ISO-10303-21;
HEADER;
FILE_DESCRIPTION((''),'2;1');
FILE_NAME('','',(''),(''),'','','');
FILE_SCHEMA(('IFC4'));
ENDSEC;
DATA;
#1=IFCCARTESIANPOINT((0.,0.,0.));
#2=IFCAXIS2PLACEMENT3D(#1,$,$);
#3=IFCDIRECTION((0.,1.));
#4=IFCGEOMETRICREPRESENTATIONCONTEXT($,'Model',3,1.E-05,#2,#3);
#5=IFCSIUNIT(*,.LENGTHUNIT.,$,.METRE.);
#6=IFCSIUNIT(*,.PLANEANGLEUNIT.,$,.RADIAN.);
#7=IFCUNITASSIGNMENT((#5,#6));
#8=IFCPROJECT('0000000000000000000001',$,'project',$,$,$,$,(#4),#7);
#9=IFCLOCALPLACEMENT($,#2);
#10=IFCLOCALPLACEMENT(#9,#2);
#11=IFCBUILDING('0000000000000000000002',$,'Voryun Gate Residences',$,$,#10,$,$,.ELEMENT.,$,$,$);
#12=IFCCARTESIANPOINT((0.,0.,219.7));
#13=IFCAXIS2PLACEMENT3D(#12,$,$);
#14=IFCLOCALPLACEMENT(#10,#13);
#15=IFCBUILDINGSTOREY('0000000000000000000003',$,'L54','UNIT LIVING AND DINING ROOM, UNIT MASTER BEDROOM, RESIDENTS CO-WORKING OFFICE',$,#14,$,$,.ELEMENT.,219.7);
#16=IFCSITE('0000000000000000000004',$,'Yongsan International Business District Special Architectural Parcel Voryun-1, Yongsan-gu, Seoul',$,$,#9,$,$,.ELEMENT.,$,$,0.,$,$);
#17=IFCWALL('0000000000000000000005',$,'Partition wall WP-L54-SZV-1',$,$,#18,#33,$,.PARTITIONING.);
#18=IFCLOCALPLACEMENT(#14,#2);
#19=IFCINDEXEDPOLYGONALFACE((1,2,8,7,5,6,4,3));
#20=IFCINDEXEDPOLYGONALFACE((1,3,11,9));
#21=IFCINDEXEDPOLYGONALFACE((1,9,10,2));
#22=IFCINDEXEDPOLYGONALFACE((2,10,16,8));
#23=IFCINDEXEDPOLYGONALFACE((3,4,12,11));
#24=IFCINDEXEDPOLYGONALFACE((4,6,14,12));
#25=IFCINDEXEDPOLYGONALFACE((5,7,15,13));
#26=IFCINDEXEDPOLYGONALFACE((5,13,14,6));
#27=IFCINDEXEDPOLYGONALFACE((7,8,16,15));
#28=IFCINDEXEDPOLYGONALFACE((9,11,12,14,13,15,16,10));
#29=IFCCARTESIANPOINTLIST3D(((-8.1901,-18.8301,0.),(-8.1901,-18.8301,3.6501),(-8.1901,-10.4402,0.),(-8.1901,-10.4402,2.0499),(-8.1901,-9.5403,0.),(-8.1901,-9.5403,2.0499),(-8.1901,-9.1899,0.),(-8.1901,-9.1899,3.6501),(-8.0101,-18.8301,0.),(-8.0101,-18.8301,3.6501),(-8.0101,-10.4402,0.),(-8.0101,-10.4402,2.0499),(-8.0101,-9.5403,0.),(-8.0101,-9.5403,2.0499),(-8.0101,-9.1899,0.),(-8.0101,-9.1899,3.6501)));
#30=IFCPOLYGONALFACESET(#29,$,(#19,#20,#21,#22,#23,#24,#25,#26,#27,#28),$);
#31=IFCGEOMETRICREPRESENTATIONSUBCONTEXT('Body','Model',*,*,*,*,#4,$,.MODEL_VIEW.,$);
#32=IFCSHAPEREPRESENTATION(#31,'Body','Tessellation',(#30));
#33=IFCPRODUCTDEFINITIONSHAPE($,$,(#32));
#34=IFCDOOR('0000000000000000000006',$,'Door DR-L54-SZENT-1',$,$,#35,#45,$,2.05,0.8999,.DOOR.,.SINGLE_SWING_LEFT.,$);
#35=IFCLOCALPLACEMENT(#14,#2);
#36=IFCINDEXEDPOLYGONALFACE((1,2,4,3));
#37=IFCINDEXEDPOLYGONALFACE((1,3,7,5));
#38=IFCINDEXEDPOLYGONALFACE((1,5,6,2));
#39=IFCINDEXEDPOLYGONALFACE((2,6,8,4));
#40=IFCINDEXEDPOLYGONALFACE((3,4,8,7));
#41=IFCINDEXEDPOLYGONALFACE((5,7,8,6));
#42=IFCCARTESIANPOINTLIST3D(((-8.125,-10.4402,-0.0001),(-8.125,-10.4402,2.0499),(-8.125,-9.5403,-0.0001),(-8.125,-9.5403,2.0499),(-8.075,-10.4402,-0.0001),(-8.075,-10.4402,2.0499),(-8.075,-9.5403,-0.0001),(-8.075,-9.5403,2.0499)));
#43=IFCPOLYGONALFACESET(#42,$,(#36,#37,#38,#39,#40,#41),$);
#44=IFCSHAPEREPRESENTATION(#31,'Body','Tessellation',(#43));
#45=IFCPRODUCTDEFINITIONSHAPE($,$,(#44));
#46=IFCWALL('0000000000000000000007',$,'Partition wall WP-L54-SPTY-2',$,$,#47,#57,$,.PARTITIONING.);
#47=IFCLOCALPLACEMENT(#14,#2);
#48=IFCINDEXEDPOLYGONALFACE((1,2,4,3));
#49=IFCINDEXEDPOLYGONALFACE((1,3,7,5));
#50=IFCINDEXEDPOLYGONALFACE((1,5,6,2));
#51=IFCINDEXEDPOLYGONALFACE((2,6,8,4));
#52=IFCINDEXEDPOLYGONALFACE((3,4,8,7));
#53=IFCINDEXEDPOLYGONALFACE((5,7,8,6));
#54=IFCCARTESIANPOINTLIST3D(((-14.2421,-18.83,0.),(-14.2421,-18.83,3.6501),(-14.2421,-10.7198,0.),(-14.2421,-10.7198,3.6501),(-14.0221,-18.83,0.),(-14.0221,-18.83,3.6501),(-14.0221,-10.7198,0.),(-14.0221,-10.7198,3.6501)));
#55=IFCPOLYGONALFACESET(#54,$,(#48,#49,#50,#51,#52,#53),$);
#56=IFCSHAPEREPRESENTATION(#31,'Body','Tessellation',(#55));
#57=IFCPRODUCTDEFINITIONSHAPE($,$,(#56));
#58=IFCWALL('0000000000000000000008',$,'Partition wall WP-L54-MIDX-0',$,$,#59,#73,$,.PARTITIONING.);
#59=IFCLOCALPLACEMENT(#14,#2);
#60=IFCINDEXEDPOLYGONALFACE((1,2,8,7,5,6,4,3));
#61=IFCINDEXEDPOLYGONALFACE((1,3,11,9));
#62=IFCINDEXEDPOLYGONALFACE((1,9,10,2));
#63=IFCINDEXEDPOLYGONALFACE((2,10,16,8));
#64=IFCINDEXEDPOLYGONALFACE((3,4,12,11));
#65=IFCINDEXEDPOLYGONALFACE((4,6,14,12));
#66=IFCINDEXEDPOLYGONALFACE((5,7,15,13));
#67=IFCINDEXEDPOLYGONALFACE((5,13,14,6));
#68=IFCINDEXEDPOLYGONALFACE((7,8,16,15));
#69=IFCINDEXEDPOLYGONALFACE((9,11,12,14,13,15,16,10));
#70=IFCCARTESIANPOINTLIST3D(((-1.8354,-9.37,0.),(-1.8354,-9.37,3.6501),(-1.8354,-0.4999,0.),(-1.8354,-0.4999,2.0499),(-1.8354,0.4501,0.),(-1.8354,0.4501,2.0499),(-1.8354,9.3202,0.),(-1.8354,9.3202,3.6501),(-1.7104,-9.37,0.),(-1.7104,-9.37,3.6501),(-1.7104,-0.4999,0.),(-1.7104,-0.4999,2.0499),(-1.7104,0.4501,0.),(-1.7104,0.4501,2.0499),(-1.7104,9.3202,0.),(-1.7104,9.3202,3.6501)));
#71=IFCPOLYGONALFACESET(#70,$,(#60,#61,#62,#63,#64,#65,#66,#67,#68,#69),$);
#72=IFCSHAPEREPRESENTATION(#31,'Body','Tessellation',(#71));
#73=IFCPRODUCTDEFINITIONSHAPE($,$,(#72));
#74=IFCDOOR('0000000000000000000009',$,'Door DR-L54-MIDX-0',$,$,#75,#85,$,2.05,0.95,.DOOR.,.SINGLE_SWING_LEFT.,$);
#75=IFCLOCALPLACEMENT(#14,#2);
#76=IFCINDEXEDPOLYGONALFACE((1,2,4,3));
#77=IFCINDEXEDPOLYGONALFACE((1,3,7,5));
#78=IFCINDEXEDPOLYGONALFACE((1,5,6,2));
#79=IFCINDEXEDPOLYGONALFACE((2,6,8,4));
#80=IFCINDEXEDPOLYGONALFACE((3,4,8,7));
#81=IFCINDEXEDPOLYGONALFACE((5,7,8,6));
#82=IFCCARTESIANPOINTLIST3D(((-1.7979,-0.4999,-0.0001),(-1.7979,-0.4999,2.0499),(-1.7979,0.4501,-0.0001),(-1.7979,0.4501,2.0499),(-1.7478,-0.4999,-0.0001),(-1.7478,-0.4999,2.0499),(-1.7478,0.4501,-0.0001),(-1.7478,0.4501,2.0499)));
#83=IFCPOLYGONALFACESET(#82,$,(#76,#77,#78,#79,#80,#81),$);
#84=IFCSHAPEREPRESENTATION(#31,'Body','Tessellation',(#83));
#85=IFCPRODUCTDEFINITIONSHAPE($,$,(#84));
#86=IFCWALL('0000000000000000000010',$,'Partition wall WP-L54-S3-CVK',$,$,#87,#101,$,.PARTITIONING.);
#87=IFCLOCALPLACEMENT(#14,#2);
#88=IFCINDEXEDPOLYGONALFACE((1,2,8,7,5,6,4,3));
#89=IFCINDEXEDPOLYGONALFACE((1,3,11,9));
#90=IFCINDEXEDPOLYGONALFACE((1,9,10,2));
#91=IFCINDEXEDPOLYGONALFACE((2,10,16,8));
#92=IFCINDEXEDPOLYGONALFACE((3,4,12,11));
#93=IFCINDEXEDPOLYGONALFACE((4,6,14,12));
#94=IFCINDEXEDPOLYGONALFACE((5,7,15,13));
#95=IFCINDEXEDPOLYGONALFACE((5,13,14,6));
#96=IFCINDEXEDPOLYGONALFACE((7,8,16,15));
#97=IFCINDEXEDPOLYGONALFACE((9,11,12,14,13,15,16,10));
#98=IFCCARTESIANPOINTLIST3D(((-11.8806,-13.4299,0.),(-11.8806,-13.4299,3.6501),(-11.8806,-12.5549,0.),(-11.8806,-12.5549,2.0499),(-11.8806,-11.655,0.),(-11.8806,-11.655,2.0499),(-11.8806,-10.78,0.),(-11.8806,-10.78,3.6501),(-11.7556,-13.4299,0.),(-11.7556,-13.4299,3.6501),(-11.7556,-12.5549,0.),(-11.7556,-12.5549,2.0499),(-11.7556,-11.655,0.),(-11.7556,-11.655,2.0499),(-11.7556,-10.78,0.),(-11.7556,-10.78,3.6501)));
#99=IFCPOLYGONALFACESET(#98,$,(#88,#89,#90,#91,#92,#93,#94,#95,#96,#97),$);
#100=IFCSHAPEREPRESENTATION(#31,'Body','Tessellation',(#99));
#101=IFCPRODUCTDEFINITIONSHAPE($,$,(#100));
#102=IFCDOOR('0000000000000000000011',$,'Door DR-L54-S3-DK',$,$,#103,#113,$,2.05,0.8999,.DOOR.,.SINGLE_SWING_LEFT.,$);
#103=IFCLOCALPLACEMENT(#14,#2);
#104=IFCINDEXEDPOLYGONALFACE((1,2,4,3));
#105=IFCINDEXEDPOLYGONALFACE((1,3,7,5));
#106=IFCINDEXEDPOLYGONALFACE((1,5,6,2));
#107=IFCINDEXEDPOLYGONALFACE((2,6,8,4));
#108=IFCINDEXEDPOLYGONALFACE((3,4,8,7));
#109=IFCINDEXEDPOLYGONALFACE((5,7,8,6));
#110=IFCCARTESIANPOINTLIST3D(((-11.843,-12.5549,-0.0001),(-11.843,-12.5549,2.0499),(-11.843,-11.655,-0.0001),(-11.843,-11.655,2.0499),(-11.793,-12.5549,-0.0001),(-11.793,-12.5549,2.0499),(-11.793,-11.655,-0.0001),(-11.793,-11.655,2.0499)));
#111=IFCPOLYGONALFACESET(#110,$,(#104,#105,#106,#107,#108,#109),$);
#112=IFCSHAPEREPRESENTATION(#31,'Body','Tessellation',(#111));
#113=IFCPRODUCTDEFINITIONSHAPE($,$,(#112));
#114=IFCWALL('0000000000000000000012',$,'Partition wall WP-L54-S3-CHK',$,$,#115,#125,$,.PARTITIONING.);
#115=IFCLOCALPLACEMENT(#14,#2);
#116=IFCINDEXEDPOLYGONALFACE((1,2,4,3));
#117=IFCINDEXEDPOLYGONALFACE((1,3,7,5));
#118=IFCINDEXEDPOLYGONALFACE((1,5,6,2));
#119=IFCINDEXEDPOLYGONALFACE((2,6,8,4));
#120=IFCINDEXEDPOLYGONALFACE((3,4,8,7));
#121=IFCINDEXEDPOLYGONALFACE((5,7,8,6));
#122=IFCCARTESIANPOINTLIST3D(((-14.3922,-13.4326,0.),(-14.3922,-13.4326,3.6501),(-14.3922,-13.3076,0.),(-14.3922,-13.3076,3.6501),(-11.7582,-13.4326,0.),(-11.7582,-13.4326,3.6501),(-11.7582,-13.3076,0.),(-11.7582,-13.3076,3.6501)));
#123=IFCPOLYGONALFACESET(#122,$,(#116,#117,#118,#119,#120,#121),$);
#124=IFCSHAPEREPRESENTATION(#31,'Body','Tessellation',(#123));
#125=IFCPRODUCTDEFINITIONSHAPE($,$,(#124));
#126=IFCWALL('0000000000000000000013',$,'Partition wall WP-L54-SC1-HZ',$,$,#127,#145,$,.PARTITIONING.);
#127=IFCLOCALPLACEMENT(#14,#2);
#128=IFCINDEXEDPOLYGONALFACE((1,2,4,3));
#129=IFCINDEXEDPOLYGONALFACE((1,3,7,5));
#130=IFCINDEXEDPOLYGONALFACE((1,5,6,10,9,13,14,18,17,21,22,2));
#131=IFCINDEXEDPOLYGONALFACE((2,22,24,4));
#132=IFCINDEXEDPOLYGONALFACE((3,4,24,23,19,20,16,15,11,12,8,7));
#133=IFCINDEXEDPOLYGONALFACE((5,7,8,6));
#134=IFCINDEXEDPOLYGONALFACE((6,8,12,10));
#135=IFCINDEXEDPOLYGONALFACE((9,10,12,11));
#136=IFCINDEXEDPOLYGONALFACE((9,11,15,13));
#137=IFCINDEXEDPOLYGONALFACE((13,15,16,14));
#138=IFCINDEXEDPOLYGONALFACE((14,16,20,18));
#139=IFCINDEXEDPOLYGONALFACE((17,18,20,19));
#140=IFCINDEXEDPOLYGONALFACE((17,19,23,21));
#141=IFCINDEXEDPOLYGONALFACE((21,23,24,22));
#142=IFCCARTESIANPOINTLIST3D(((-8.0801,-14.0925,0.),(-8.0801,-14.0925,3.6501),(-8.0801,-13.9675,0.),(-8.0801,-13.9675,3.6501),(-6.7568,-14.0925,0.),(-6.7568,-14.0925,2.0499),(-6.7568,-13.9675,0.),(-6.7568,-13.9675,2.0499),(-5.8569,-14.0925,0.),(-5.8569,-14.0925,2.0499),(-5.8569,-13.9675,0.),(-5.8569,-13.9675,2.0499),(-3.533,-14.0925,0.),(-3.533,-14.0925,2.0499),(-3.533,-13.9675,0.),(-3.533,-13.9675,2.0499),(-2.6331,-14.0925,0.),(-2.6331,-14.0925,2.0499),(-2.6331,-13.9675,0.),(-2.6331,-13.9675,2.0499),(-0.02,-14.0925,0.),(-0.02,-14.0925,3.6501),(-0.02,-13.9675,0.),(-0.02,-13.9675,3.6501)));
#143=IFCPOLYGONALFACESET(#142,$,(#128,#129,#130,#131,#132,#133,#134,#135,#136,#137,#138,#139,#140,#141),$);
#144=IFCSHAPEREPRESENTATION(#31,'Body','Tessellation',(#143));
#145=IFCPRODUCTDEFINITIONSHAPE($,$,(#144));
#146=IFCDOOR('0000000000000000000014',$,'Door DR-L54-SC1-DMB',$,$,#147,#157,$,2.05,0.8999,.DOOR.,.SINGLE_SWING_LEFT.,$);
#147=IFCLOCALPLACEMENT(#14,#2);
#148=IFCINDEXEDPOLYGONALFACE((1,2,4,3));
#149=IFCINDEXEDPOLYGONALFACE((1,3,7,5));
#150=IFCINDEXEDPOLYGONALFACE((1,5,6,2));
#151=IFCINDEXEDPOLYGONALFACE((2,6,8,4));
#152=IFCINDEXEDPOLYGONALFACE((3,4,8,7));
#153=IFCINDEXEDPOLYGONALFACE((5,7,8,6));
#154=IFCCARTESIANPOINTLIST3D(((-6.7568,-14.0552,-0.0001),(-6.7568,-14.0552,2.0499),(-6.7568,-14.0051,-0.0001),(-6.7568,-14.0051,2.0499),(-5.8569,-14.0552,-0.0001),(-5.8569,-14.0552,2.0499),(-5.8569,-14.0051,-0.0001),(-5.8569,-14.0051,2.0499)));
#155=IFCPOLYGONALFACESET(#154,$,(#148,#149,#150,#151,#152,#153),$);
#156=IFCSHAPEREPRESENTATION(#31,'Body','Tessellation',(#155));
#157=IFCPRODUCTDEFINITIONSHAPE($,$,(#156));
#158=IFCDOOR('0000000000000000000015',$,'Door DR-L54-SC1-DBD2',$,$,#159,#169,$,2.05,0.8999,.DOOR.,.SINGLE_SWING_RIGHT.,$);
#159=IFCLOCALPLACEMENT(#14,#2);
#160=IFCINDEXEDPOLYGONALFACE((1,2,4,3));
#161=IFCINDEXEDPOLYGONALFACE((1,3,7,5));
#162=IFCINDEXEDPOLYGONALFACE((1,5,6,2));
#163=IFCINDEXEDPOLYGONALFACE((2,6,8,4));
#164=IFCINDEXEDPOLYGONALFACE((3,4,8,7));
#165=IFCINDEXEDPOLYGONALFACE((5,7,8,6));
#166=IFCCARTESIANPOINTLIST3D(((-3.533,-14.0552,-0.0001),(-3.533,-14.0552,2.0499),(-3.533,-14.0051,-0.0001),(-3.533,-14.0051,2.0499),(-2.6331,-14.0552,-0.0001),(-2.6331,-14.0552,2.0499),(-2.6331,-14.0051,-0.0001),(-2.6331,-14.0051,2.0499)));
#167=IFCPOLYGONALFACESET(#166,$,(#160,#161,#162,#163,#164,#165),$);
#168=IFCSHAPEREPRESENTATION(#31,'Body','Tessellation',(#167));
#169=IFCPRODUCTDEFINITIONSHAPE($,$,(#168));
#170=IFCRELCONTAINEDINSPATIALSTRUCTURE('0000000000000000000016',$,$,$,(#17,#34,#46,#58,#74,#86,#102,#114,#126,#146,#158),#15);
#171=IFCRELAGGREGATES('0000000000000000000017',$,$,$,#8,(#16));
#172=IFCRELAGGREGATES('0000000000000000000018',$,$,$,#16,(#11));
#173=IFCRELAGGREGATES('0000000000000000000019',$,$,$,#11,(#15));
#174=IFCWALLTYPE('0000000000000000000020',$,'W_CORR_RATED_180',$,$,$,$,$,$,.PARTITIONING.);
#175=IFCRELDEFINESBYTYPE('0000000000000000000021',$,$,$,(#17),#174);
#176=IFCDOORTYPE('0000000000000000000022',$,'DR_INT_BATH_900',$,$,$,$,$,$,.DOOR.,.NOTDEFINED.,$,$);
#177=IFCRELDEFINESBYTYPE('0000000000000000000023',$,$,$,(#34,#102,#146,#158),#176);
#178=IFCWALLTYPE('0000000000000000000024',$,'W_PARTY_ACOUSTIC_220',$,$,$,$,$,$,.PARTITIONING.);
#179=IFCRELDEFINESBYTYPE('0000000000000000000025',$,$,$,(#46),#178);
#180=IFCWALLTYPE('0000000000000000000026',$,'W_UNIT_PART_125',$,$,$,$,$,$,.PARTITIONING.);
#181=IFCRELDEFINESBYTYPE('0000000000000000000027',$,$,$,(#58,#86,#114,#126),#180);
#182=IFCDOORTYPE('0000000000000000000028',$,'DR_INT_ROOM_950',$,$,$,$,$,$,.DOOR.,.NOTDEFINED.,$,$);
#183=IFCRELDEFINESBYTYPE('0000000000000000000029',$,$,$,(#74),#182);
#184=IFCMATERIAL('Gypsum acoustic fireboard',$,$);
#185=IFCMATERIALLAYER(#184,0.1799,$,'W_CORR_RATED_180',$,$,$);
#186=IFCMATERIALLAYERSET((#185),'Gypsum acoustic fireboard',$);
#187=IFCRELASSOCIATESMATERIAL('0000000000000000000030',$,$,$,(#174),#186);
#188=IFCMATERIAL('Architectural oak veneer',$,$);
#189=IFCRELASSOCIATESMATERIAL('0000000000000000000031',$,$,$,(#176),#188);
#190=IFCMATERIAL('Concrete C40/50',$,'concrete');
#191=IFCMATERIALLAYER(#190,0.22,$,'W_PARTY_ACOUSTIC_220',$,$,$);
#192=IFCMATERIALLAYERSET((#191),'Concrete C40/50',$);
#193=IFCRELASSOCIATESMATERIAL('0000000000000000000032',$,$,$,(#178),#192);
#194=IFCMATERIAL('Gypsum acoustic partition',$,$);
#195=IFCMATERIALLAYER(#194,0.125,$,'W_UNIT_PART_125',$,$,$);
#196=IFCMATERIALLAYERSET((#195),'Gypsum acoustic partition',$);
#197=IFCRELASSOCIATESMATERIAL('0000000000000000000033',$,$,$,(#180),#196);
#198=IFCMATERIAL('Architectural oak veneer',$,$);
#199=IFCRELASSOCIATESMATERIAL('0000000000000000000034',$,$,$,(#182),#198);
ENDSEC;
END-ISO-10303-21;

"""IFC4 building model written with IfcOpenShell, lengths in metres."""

from ifc_helpers import new_model, si_unit, direction, frame, frame_2d, origin, place, context, subcontext, project, spatial, rectangle, extrude, material, layer, layer_set, type_object, element, fill, save


model = new_model("IFC4")

# Units and contexts
model_context = context("Model", 3, precision=1e-05, world=origin(), true_north=direction((0.0, 1.0)))
body_context = subcontext(model_context, "Body", "Model", "MODEL_VIEW")
ifc_project = project(units=[si_unit("LENGTHUNIT", "METRE"), si_unit("PLANEANGLEUNIT", "RADIAN")], contexts=[model_context])

# Site, building, storey
site_placement = place(None, origin())
site = spatial("IfcSite", under=ifc_project, at=site_placement, Name="Yongsan International Business District Special Architectural Parcel Voryun-1, Yongsan-gu, Seoul", CompositionType="ELEMENT", RefElevation=0.0)
building_placement = place(site_placement, origin())
building = spatial("IfcBuilding", under=site, at=building_placement, Name="Voryun Gate Residences", CompositionType="ELEMENT")
storey_placement = place(building_placement, frame((0.0, 0.0, 219.7)))
storey = spatial("IfcBuildingStorey", under=building, at=storey_placement, Name="L54", Description="UNIT LIVING AND DINING ROOM, UNIT MASTER BEDROOM, RESIDENTS CO-WORKING OFFICE", CompositionType="ELEMENT", Elevation=219.7)

# Wall, opening, door
ifc_material_1 = material(Name="Gypsum acoustic fireboard")
ifc_layer_1 = layer(ifc_material_1, 0.1799, Name="W_CORR_RATED_180")
ifc_layer_set_1 = layer_set([ifc_layer_1], Name="Gypsum acoustic fireboard")
wall_type_1 = type_object("IfcWallType", Name="W_CORR_RATED_180", PredefinedType="PARTITIONING", material=ifc_layer_set_1)
wall_1_placement = place(storey_placement, frame((-8.1001, -18.8301, 0.0), z_axis=(0.0, 0.0, 1.0), x_axis=(0.0, 1.0, 0.0)))
wall_1 = element("IfcWall", 1, at=wall_1_placement, inside=storey, type_object=wall_type_1, Name="Partition wall WP-L54-SZV-1", PredefinedType="PARTITIONING", context=body_context, shape_type="SweptSolid", body=[
    extrude(rectangle(XDim=9.6401, YDim=0.1799, at=frame_2d((4.8201, 0.0))), origin(), (0.0, 0.0, 1.0), 3.6501),
])
opening_1_placement = place(wall_1_placement, frame((8.3899, 0.0, 0.0)))
opening_1 = element("IfcOpeningElement", 2, at=opening_1_placement, cuts=wall_1, PredefinedType="OPENING", context=body_context, shape_type="SweptSolid", body=[
    extrude(rectangle(XDim=0.8999, YDim=2.05, at=frame_2d((0.45, 1.0249))), frame((0.0, 0.0999, 0.0), z_axis=(0.0, -1.0, 0.0), x_axis=(1.0, 0.0, 0.0)), (0.0, 0.0, 1.0), 0.2),
])
ifc_material_2 = material(Name="Architectural oak veneer")
door_type_1 = type_object("IfcDoorType", Name="DR_INT_BATH_900", OperationType="NOTDEFINED", PredefinedType="DOOR", material=ifc_material_2)
door_1_placement = place(opening_1_placement, origin())
door_1 = element("IfcDoor", 3, at=door_1_placement, inside=storey, type_object=door_type_1, Name="Door DR-L54-SZENT-1", OperationType="SINGLE_SWING_LEFT", OverallHeight=2.05, OverallWidth=0.8999, PredefinedType="DOOR", context=body_context, shape_type="SweptSolid", body=[
    extrude(rectangle(XDim=0.8999, YDim=2.05, at=frame_2d((0.45, 1.0249))), frame((0.0, 0.0249, 0.0), z_axis=(0.0, -1.0, 0.0), x_axis=(1.0, 0.0, 0.0)), (0.0, 0.0, 1.0), 0.05),
])
fill(opening_1, door_1)

# Wall
ifc_material_3 = material(Name="Concrete C40/50", Category="concrete")
ifc_layer_2 = layer(ifc_material_3, 0.22, Name="W_PARTY_ACOUSTIC_220")
ifc_layer_set_2 = layer_set([ifc_layer_2], Name="Concrete C40/50")
wall_type_2 = type_object("IfcWallType", Name="W_PARTY_ACOUSTIC_220", PredefinedType="PARTITIONING", material=ifc_layer_set_2)
wall_2_placement = place(storey_placement, frame((-14.1321, -18.8301, 0.0), z_axis=(0.0, 0.0, 1.0), x_axis=(0.0, 1.0, 0.0)))
element("IfcWall", 4, at=wall_2_placement, inside=storey, type_object=wall_type_2, Name="Partition wall WP-L54-SPTY-2", PredefinedType="PARTITIONING", context=body_context, shape_type="SweptSolid", body=[
    extrude(rectangle(XDim=8.1101, YDim=0.22, at=frame_2d((4.0552, 0.0))), origin(), (0.0, 0.0, 1.0), 3.6501),
])

# Walls, openings, doors
ifc_material_4 = material(Name="Gypsum acoustic partition")
ifc_layer_3 = layer(ifc_material_4, 0.125, Name="W_UNIT_PART_125")
ifc_layer_set_3 = layer_set([ifc_layer_3], Name="Gypsum acoustic partition")
wall_type_3 = type_object("IfcWallType", Name="W_UNIT_PART_125", PredefinedType="PARTITIONING", material=ifc_layer_set_3)
wall_3_placement = place(storey_placement, frame((-1.7729, -9.3701, 0.0), z_axis=(0.0, 0.0, 1.0), x_axis=(0.0, 1.0, 0.0)))
wall_3 = element("IfcWall", 5, at=wall_3_placement, inside=storey, type_object=wall_type_3, Name="Partition wall WP-L54-MIDX-0", PredefinedType="PARTITIONING", context=body_context, shape_type="SweptSolid", body=[
    extrude(rectangle(XDim=18.6902, YDim=0.125, at=frame_2d((9.3452, 0.0))), origin(), (0.0, 0.0, 1.0), 3.6501),
])
opening_2_placement = place(wall_3_placement, frame((8.8701, 0.0, 0.0)))
opening_2 = element("IfcOpeningElement", 6, at=opening_2_placement, cuts=wall_3, PredefinedType="OPENING", context=body_context, shape_type="SweptSolid", body=[
    extrude(rectangle(XDim=0.95, YDim=2.05, at=frame_2d((0.4751, 1.0249))), frame((0.0, 0.0725, 0.0), z_axis=(0.0, -1.0, 0.0), x_axis=(1.0, 0.0, 0.0)), (0.0, 0.0, 1.0), 0.145),
])
ifc_material_5 = material(Name="Architectural oak veneer")
door_type_2 = type_object("IfcDoorType", Name="DR_INT_ROOM_950", OperationType="NOTDEFINED", PredefinedType="DOOR", material=ifc_material_5)
door_2_placement = place(opening_2_placement, origin())
door_2 = element("IfcDoor", 7, at=door_2_placement, inside=storey, type_object=door_type_2, Name="Door DR-L54-MIDX-0", OperationType="SINGLE_SWING_LEFT", OverallHeight=2.05, OverallWidth=0.95, PredefinedType="DOOR", context=body_context, shape_type="SweptSolid", body=[
    extrude(rectangle(XDim=0.95, YDim=2.05, at=frame_2d((0.4751, 1.0249))), frame((0.0, 0.0249, 0.0), z_axis=(0.0, -1.0, 0.0), x_axis=(1.0, 0.0, 0.0)), (0.0, 0.0, 1.0), 0.05),
])
fill(opening_2, door_2)
wall_4_placement = place(storey_placement, frame((-11.8181, -13.4299, 0.0), z_axis=(0.0, 0.0, 1.0), x_axis=(0.0, 1.0, 0.0)))
wall_4 = element("IfcWall", 8, at=wall_4_placement, inside=storey, type_object=wall_type_3, Name="Partition wall WP-L54-S3-CVK", PredefinedType="PARTITIONING", context=body_context, shape_type="SweptSolid", body=[
    extrude(rectangle(XDim=2.6499, YDim=0.125, at=frame_2d((1.325, 0.0))), origin(), (0.0, 0.0, 1.0), 3.6501),
])
opening_3_placement = place(wall_4_placement, frame((0.875, 0.0, 0.0)))
opening_3 = element("IfcOpeningElement", 9, at=opening_3_placement, cuts=wall_4, PredefinedType="OPENING", context=body_context, shape_type="SweptSolid", body=[
    extrude(rectangle(XDim=0.8999, YDim=2.05, at=frame_2d((0.45, 1.0249))), frame((0.0, 0.0725, 0.0), z_axis=(0.0, -1.0, 0.0), x_axis=(1.0, 0.0, 0.0)), (0.0, 0.0, 1.0), 0.145),
])
door_3_placement = place(opening_3_placement, origin())
door_3 = element("IfcDoor", 10, at=door_3_placement, inside=storey, type_object=door_type_1, Name="Door DR-L54-S3-DK", OperationType="SINGLE_SWING_LEFT", OverallHeight=2.05, OverallWidth=0.8999, PredefinedType="DOOR", context=body_context, shape_type="SweptSolid", body=[
    extrude(rectangle(XDim=0.8999, YDim=2.05, at=frame_2d((0.45, 1.0249))), frame((0.0, 0.0249, 0.0), z_axis=(0.0, -1.0, 0.0), x_axis=(1.0, 0.0, 0.0)), (0.0, 0.0, 1.0), 0.05),
])
fill(opening_3, door_3)

# Wall
wall_5_placement = place(storey_placement, frame((-14.3921, -13.3701, 0.0), z_axis=(0.0, 0.0, 1.0), x_axis=(1.0, 0.0, 0.0)))
element("IfcWall", 11, at=wall_5_placement, inside=storey, type_object=wall_type_3, Name="Partition wall WP-L54-S3-CHK", PredefinedType="PARTITIONING", context=body_context, shape_type="SweptSolid", body=[
    extrude(rectangle(XDim=2.634, YDim=0.125, at=frame_2d((1.3169, 0.0))), origin(), (0.0, 0.0, 1.0), 3.6501),
])

# Wall, openings, doors
wall_6_placement = place(storey_placement, frame((-8.0801, -14.03, 0.0), z_axis=(0.0, 0.0, 1.0), x_axis=(1.0, 0.0, 0.0)))
wall_6 = element("IfcWall", 12, at=wall_6_placement, inside=storey, type_object=wall_type_3, Name="Partition wall WP-L54-SC1-HZ", PredefinedType="PARTITIONING", context=body_context, shape_type="SweptSolid", body=[
    extrude(rectangle(XDim=8.0601, YDim=0.125, at=frame_2d((4.03, 0.0))), origin(), (0.0, 0.0, 1.0), 3.6501),
])
opening_4_placement = place(wall_6_placement, frame((1.3232, 0.0, 0.0)))
opening_4 = element("IfcOpeningElement", 13, at=opening_4_placement, cuts=wall_6, PredefinedType="OPENING", context=body_context, shape_type="SweptSolid", body=[
    extrude(rectangle(XDim=0.8999, YDim=2.05, at=frame_2d((0.45, 1.0249))), frame((0.0, 0.0725, 0.0), z_axis=(0.0, -1.0, 0.0), x_axis=(1.0, 0.0, 0.0)), (0.0, 0.0, 1.0), 0.145),
])
opening_5_placement = place(wall_6_placement, frame((4.5471, 0.0, 0.0)))
opening_5 = element("IfcOpeningElement", 14, at=opening_5_placement, cuts=wall_6, PredefinedType="OPENING", context=body_context, shape_type="SweptSolid", body=[
    extrude(rectangle(XDim=0.8999, YDim=2.05, at=frame_2d((0.45, 1.0249))), frame((0.0, 0.0725, 0.0), z_axis=(0.0, -1.0, 0.0), x_axis=(1.0, 0.0, 0.0)), (0.0, 0.0, 1.0), 0.145),
])
door_4_placement = place(opening_4_placement, origin())
door_4 = element("IfcDoor", 15, at=door_4_placement, inside=storey, type_object=door_type_1, Name="Door DR-L54-SC1-DMB", OperationType="SINGLE_SWING_LEFT", OverallHeight=2.05, OverallWidth=0.8999, PredefinedType="DOOR", context=body_context, shape_type="SweptSolid", body=[
    extrude(rectangle(XDim=0.8999, YDim=2.05, at=frame_2d((0.45, 1.0249))), frame((0.0, 0.0249, 0.0), z_axis=(0.0, -1.0, 0.0), x_axis=(1.0, 0.0, 0.0)), (0.0, 0.0, 1.0), 0.05),
])
fill(opening_4, door_4)
door_5_placement = place(opening_5_placement, origin())
door_5 = element("IfcDoor", 16, at=door_5_placement, inside=storey, type_object=door_type_1, Name="Door DR-L54-SC1-DBD2", OperationType="SINGLE_SWING_RIGHT", OverallHeight=2.05, OverallWidth=0.8999, PredefinedType="DOOR", context=body_context, shape_type="SweptSolid", body=[
    extrude(rectangle(XDim=0.8999, YDim=2.05, at=frame_2d((0.45, 1.0249))), frame((0.0, 0.0249, 0.0), z_axis=(0.0, -1.0, 0.0), x_axis=(1.0, 0.0, 0.0)), (0.0, 0.0, 1.0), 0.05),
])
fill(opening_5, door_5)

save(model, "model.ifc")
